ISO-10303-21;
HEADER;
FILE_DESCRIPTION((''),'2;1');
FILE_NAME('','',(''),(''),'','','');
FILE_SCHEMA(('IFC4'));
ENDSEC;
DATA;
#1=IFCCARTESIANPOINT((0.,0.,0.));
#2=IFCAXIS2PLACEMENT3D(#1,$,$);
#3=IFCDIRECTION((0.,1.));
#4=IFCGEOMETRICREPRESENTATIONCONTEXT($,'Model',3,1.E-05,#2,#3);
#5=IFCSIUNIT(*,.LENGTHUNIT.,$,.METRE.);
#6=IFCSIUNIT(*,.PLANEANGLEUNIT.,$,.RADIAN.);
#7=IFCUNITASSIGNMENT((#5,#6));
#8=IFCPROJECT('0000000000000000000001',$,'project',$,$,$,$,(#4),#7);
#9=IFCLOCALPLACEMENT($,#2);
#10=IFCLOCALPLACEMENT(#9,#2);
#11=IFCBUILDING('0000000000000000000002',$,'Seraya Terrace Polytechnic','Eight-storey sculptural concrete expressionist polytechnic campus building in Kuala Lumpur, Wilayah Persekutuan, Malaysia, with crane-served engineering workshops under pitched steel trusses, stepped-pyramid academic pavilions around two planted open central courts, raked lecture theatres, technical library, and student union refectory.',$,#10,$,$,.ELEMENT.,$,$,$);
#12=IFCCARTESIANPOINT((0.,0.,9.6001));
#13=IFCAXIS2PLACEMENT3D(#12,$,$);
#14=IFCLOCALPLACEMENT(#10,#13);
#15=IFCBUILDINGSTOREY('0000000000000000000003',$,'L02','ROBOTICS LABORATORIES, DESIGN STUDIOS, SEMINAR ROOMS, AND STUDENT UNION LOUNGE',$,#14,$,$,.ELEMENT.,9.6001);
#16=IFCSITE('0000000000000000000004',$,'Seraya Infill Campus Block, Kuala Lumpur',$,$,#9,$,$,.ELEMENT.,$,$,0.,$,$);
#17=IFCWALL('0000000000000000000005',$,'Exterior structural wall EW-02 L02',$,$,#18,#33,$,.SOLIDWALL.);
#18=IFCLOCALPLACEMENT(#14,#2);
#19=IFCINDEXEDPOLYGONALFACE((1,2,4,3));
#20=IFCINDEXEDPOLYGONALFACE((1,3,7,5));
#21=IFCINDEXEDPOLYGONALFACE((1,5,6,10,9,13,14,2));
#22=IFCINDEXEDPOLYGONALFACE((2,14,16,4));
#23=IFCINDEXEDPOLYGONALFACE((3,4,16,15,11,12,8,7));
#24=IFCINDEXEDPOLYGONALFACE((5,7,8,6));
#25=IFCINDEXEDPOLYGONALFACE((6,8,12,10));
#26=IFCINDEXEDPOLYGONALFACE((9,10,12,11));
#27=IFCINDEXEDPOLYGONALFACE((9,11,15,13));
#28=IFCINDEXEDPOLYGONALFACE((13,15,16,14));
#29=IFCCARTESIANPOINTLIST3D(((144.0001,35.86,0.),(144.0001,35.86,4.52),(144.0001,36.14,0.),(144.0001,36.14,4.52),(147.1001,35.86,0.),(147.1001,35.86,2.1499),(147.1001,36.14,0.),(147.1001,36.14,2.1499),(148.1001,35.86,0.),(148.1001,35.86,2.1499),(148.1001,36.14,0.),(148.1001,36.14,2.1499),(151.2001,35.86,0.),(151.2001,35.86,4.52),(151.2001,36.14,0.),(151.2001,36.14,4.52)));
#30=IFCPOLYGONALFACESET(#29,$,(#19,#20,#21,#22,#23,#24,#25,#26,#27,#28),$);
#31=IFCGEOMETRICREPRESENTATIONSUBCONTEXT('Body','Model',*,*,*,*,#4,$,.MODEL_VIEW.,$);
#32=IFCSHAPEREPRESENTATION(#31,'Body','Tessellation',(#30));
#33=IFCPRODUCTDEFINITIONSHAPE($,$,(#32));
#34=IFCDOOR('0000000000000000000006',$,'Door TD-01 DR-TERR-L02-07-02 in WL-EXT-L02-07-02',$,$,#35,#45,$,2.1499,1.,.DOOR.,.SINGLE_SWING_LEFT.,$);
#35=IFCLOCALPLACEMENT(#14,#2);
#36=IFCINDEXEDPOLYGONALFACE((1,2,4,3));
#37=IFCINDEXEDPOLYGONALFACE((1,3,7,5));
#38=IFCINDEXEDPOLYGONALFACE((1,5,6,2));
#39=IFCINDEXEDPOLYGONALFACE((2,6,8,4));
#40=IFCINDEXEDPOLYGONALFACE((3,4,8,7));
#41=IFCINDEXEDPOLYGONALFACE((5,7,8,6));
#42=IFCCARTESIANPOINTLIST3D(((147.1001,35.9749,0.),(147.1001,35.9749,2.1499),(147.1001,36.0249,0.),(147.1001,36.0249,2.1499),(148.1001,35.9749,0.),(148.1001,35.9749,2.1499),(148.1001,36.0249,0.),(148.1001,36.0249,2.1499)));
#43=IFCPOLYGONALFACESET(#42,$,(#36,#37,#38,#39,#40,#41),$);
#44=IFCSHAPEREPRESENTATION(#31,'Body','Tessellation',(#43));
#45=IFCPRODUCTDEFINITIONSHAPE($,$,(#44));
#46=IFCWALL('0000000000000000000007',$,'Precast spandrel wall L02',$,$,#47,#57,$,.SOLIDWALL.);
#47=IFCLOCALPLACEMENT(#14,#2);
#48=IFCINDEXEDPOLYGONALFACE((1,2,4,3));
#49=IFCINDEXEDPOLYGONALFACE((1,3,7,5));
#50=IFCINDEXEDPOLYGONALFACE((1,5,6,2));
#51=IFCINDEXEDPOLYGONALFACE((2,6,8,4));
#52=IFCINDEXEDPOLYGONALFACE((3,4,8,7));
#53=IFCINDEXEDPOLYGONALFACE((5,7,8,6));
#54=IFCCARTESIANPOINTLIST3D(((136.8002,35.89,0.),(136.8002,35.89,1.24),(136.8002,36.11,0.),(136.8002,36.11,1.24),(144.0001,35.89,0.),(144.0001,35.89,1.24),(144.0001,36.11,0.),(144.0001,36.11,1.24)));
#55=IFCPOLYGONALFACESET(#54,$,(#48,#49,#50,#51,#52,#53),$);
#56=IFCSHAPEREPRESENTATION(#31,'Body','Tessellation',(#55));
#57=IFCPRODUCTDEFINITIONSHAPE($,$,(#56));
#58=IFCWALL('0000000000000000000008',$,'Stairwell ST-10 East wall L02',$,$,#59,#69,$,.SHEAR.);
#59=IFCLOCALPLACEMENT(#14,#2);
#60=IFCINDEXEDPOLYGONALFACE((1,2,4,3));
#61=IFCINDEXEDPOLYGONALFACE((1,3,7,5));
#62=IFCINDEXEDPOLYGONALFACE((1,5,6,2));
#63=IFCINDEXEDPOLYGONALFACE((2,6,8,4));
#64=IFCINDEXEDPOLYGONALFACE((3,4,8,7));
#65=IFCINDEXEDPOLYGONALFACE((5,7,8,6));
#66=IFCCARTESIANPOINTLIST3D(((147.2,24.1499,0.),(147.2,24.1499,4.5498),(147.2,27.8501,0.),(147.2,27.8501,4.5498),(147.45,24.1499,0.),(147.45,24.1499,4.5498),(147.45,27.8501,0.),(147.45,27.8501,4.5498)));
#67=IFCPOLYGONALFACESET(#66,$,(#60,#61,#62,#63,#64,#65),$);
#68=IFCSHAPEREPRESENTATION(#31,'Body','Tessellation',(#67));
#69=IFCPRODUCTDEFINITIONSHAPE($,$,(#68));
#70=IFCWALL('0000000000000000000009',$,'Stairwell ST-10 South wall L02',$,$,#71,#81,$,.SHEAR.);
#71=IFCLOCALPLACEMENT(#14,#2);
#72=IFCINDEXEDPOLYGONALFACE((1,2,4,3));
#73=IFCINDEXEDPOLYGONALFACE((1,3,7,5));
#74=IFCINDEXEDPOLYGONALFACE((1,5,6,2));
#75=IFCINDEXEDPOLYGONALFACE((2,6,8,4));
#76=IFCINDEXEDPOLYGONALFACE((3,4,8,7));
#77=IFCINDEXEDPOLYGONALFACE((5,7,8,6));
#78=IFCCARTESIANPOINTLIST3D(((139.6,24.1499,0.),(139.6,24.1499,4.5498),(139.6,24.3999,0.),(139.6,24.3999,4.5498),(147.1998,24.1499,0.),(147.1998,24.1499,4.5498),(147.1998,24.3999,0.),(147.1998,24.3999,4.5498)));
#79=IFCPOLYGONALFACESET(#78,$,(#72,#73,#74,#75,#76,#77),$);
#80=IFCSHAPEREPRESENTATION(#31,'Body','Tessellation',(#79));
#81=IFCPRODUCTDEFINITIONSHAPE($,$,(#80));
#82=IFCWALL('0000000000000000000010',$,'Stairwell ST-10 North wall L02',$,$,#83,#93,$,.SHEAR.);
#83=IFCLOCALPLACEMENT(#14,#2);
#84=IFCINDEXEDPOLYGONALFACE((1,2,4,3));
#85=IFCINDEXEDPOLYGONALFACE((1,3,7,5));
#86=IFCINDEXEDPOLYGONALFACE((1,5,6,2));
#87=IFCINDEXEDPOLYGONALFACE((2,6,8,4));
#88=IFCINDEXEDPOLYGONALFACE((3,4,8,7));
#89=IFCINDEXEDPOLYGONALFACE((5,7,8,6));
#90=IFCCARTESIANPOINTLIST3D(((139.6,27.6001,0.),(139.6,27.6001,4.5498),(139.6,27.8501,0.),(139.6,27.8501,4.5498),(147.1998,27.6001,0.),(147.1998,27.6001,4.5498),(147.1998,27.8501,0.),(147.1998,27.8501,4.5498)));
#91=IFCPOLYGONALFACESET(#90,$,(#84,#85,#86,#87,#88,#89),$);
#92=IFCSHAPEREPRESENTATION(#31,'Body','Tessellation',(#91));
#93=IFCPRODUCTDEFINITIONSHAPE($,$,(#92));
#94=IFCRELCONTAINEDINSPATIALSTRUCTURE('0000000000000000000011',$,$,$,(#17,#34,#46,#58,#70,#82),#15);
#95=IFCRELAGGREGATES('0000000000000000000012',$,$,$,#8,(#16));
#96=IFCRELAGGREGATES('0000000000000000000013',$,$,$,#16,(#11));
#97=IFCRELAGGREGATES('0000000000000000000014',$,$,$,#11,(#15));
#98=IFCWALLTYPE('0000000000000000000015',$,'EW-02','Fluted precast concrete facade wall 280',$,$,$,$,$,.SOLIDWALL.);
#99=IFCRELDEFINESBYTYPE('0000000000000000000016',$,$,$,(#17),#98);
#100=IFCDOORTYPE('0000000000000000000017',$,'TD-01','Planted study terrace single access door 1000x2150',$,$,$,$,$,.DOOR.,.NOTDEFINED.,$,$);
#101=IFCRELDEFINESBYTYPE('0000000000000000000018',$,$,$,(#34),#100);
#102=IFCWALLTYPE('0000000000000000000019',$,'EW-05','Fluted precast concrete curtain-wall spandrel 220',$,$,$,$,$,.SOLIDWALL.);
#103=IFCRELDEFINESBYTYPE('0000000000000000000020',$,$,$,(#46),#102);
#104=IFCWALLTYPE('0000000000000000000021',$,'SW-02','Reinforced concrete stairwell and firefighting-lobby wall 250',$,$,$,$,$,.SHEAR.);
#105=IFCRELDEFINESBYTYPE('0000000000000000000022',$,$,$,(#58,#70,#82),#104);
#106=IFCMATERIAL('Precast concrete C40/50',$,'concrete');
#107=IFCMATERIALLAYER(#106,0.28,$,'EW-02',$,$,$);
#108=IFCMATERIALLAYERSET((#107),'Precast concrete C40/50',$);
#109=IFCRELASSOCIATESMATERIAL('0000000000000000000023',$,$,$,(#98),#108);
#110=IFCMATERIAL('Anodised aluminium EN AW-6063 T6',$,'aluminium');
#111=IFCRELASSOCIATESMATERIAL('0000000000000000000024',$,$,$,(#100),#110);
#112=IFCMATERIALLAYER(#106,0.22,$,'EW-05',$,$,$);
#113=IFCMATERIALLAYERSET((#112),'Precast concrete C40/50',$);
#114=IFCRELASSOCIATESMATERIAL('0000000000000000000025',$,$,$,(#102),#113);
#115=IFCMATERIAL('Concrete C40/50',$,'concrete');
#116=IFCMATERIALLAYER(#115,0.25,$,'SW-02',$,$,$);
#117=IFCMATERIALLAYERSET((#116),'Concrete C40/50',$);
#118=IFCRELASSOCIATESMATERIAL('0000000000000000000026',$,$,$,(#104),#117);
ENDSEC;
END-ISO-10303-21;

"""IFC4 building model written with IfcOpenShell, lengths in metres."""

from ifc_helpers import new_model, si_unit, direction, frame, frame_2d, origin, place, context, subcontext, project, spatial, rectangle, extrude, material, layer, layer_set, type_object, element, fill, save


model = new_model("IFC4")

# Units and contexts
model_context = context("Model", 3, precision=1e-05, world=origin(), true_north=direction((0.0, 1.0)))
body_context = subcontext(model_context, "Body", "Model", "MODEL_VIEW")
ifc_project = project(units=[si_unit("LENGTHUNIT", "METRE"), si_unit("PLANEANGLEUNIT", "RADIAN")], contexts=[model_context])

# Site, building, storey
site_placement = place(None, origin())
site = spatial("IfcSite", under=ifc_project, at=site_placement, Name="Seraya Infill Campus Block, Kuala Lumpur", CompositionType="ELEMENT", RefElevation=0.0)
building_placement = place(site_placement, origin())
building = spatial("IfcBuilding", under=site, at=building_placement, Name="Seraya Terrace Polytechnic", Description="Eight-storey sculptural concrete expressionist polytechnic campus building in Kuala Lumpur, Wilayah Persekutuan, Malaysia, with crane-served engineering workshops under pitched steel trusses, stepped-pyramid academic pavilions around two planted open central courts, raked lecture theatres, technical library, and student union refectory.", CompositionType="ELEMENT")
storey_placement = place(building_placement, frame((0.0, 0.0, 9.6001)))
storey = spatial("IfcBuildingStorey", under=building, at=storey_placement, Name="L02", Description="ROBOTICS LABORATORIES, DESIGN STUDIOS, SEMINAR ROOMS, AND STUDENT UNION LOUNGE", CompositionType="ELEMENT", Elevation=9.6001)

# Shared definitions
ifc_material_1 = material(Name="Concrete C40/50", Category="concrete")

# Shared definitions
ifc_material_2 = material(Name="Anodised aluminium EN AW-6063 T6", Category="aluminium")

# Wall, opening, door
ifc_material_3 = material(Name="Precast concrete C40/50", Category="concrete")
ifc_layer_1 = layer(ifc_material_3, 0.28, Name="EW-02")
ifc_layer_set_1 = layer_set([ifc_layer_1], Name="Precast concrete C40/50")
wall_type_1 = type_object("IfcWallType", Name="EW-02", Description="Fluted precast concrete facade wall 280", PredefinedType="SOLIDWALL", material=ifc_layer_set_1)
wall_1_placement = place(storey_placement, frame((144.0, 36.0, 0.0), z_axis=(0.0, 0.0, 1.0), x_axis=(1.0, 0.0, 0.0)))
wall_1 = element("IfcWall", 1, at=wall_1_placement, inside=storey, type_object=wall_type_1, Name="Exterior structural wall EW-02 L02", PredefinedType="SOLIDWALL", context=body_context, shape_type="SweptSolid", body=[
    extrude(rectangle(XDim=7.2, YDim=0.28, at=frame_2d((3.6001, 0.0))), origin(), (0.0, 0.0, 1.0), 4.52),
])
opening_1_placement = place(wall_1_placement, frame((3.1001, 0.0, 0.0)))
opening_1 = element("IfcOpeningElement", 2, at=opening_1_placement, cuts=wall_1, PredefinedType="OPENING", context=body_context, shape_type="SweptSolid", body=[
    extrude(rectangle(XDim=1.0, YDim=2.1499, at=frame_2d((0.5, 1.075))), frame((0.0, 0.1519, 0.0), z_axis=(0.0, -1.0, 0.0), x_axis=(1.0, 0.0, 0.0)), (0.0, 0.0, 1.0), 0.304),
])
door_type_1 = type_object("IfcDoorType", Name="TD-01", Description="Planted study terrace single access door 1000x2150", OperationType="NOTDEFINED", PredefinedType="DOOR", material=ifc_material_2)
door_1_placement = place(opening_1_placement, origin())
door_1 = element("IfcDoor", 3, at=door_1_placement, inside=storey, type_object=door_type_1, Name="Door TD-01 DR-TERR-L02-07-02 in WL-EXT-L02-07-02", OperationType="SINGLE_SWING_LEFT", OverallHeight=2.1499, OverallWidth=1.0, PredefinedType="DOOR", context=body_context, shape_type="SweptSolid", body=[
    extrude(rectangle(XDim=1.0, YDim=2.1499, at=frame_2d((0.5, 1.075))), frame((0.0, 0.0249, 0.0), z_axis=(0.0, -1.0, 0.0), x_axis=(1.0, 0.0, 0.0)), (0.0, 0.0, 1.0), 0.05),
])
fill(opening_1, door_1)

# Wall
ifc_layer_2 = layer(ifc_material_3, 0.22, Name="EW-05")
ifc_layer_set_2 = layer_set([ifc_layer_2], Name="Precast concrete C40/50")
wall_type_2 = type_object("IfcWallType", Name="EW-05", Description="Fluted precast concrete curtain-wall spandrel 220", PredefinedType="SOLIDWALL", material=ifc_layer_set_2)
wall_2_placement = place(storey_placement, frame((136.8, 36.0, 0.0), z_axis=(0.0, 0.0, 1.0), x_axis=(1.0, 0.0, 0.0)))
element("IfcWall", 4, at=wall_2_placement, inside=storey, type_object=wall_type_2, Name="Precast spandrel wall L02", PredefinedType="SOLIDWALL", context=body_context, shape_type="SweptSolid", body=[
    extrude(rectangle(XDim=7.2, YDim=0.22, at=frame_2d((3.6001, 0.0))), origin(), (0.0, 0.0, 1.0), 1.24),
])

# Shared definitions
ifc_layer_3 = layer(ifc_material_1, 0.25, Name="SW-02")
ifc_layer_set_3 = layer_set([ifc_layer_3], Name="Concrete C40/50")
wall_type_3 = type_object("IfcWallType", Name="SW-02", Description="Reinforced concrete stairwell and firefighting-lobby wall 250", PredefinedType="SHEAR", material=ifc_layer_set_3)

# Walls
wall_3_placement = place(storey_placement, frame((147.325, 24.1499, 0.0), z_axis=(0.0, 0.0, 1.0), x_axis=(0.0, 1.0, 0.0)))
element("IfcWall", 5, at=wall_3_placement, inside=storey, type_object=wall_type_3, Name="Stairwell ST-10 East wall L02", PredefinedType="SHEAR", context=body_context, shape_type="SweptSolid", body=[
    extrude(rectangle(XDim=3.7002, YDim=0.25, at=frame_2d((1.8501, 0.0))), origin(), (0.0, 0.0, 1.0), 4.5498),
])
for number, where, z_axis, x_axis, name in (
    (6, (139.6001, 24.2749, 0.0), (0.0, 0.0, 1.0), (1.0, 0.0, 0.0), "Stairwell ST-10 South wall L02"),
    (7, (139.6001, 27.7251, 0.0), (0.0, 0.0, 1.0), (1.0, 0.0, 0.0), "Stairwell ST-10 North wall L02"),
):
    element("IfcWall", number, at=place(storey_placement, frame(where, z_axis=z_axis, x_axis=x_axis)), inside=storey, type_object=wall_type_3, Name=name, PredefinedType="SHEAR", context=body_context, shape_type="SweptSolid", body=[
        extrude(rectangle(XDim=7.5999, YDim=0.25, at=frame_2d((3.7998, 0.0))), origin(), (0.0, 0.0, 1.0), 4.5498),
    ])

save(model, "model.ifc")
